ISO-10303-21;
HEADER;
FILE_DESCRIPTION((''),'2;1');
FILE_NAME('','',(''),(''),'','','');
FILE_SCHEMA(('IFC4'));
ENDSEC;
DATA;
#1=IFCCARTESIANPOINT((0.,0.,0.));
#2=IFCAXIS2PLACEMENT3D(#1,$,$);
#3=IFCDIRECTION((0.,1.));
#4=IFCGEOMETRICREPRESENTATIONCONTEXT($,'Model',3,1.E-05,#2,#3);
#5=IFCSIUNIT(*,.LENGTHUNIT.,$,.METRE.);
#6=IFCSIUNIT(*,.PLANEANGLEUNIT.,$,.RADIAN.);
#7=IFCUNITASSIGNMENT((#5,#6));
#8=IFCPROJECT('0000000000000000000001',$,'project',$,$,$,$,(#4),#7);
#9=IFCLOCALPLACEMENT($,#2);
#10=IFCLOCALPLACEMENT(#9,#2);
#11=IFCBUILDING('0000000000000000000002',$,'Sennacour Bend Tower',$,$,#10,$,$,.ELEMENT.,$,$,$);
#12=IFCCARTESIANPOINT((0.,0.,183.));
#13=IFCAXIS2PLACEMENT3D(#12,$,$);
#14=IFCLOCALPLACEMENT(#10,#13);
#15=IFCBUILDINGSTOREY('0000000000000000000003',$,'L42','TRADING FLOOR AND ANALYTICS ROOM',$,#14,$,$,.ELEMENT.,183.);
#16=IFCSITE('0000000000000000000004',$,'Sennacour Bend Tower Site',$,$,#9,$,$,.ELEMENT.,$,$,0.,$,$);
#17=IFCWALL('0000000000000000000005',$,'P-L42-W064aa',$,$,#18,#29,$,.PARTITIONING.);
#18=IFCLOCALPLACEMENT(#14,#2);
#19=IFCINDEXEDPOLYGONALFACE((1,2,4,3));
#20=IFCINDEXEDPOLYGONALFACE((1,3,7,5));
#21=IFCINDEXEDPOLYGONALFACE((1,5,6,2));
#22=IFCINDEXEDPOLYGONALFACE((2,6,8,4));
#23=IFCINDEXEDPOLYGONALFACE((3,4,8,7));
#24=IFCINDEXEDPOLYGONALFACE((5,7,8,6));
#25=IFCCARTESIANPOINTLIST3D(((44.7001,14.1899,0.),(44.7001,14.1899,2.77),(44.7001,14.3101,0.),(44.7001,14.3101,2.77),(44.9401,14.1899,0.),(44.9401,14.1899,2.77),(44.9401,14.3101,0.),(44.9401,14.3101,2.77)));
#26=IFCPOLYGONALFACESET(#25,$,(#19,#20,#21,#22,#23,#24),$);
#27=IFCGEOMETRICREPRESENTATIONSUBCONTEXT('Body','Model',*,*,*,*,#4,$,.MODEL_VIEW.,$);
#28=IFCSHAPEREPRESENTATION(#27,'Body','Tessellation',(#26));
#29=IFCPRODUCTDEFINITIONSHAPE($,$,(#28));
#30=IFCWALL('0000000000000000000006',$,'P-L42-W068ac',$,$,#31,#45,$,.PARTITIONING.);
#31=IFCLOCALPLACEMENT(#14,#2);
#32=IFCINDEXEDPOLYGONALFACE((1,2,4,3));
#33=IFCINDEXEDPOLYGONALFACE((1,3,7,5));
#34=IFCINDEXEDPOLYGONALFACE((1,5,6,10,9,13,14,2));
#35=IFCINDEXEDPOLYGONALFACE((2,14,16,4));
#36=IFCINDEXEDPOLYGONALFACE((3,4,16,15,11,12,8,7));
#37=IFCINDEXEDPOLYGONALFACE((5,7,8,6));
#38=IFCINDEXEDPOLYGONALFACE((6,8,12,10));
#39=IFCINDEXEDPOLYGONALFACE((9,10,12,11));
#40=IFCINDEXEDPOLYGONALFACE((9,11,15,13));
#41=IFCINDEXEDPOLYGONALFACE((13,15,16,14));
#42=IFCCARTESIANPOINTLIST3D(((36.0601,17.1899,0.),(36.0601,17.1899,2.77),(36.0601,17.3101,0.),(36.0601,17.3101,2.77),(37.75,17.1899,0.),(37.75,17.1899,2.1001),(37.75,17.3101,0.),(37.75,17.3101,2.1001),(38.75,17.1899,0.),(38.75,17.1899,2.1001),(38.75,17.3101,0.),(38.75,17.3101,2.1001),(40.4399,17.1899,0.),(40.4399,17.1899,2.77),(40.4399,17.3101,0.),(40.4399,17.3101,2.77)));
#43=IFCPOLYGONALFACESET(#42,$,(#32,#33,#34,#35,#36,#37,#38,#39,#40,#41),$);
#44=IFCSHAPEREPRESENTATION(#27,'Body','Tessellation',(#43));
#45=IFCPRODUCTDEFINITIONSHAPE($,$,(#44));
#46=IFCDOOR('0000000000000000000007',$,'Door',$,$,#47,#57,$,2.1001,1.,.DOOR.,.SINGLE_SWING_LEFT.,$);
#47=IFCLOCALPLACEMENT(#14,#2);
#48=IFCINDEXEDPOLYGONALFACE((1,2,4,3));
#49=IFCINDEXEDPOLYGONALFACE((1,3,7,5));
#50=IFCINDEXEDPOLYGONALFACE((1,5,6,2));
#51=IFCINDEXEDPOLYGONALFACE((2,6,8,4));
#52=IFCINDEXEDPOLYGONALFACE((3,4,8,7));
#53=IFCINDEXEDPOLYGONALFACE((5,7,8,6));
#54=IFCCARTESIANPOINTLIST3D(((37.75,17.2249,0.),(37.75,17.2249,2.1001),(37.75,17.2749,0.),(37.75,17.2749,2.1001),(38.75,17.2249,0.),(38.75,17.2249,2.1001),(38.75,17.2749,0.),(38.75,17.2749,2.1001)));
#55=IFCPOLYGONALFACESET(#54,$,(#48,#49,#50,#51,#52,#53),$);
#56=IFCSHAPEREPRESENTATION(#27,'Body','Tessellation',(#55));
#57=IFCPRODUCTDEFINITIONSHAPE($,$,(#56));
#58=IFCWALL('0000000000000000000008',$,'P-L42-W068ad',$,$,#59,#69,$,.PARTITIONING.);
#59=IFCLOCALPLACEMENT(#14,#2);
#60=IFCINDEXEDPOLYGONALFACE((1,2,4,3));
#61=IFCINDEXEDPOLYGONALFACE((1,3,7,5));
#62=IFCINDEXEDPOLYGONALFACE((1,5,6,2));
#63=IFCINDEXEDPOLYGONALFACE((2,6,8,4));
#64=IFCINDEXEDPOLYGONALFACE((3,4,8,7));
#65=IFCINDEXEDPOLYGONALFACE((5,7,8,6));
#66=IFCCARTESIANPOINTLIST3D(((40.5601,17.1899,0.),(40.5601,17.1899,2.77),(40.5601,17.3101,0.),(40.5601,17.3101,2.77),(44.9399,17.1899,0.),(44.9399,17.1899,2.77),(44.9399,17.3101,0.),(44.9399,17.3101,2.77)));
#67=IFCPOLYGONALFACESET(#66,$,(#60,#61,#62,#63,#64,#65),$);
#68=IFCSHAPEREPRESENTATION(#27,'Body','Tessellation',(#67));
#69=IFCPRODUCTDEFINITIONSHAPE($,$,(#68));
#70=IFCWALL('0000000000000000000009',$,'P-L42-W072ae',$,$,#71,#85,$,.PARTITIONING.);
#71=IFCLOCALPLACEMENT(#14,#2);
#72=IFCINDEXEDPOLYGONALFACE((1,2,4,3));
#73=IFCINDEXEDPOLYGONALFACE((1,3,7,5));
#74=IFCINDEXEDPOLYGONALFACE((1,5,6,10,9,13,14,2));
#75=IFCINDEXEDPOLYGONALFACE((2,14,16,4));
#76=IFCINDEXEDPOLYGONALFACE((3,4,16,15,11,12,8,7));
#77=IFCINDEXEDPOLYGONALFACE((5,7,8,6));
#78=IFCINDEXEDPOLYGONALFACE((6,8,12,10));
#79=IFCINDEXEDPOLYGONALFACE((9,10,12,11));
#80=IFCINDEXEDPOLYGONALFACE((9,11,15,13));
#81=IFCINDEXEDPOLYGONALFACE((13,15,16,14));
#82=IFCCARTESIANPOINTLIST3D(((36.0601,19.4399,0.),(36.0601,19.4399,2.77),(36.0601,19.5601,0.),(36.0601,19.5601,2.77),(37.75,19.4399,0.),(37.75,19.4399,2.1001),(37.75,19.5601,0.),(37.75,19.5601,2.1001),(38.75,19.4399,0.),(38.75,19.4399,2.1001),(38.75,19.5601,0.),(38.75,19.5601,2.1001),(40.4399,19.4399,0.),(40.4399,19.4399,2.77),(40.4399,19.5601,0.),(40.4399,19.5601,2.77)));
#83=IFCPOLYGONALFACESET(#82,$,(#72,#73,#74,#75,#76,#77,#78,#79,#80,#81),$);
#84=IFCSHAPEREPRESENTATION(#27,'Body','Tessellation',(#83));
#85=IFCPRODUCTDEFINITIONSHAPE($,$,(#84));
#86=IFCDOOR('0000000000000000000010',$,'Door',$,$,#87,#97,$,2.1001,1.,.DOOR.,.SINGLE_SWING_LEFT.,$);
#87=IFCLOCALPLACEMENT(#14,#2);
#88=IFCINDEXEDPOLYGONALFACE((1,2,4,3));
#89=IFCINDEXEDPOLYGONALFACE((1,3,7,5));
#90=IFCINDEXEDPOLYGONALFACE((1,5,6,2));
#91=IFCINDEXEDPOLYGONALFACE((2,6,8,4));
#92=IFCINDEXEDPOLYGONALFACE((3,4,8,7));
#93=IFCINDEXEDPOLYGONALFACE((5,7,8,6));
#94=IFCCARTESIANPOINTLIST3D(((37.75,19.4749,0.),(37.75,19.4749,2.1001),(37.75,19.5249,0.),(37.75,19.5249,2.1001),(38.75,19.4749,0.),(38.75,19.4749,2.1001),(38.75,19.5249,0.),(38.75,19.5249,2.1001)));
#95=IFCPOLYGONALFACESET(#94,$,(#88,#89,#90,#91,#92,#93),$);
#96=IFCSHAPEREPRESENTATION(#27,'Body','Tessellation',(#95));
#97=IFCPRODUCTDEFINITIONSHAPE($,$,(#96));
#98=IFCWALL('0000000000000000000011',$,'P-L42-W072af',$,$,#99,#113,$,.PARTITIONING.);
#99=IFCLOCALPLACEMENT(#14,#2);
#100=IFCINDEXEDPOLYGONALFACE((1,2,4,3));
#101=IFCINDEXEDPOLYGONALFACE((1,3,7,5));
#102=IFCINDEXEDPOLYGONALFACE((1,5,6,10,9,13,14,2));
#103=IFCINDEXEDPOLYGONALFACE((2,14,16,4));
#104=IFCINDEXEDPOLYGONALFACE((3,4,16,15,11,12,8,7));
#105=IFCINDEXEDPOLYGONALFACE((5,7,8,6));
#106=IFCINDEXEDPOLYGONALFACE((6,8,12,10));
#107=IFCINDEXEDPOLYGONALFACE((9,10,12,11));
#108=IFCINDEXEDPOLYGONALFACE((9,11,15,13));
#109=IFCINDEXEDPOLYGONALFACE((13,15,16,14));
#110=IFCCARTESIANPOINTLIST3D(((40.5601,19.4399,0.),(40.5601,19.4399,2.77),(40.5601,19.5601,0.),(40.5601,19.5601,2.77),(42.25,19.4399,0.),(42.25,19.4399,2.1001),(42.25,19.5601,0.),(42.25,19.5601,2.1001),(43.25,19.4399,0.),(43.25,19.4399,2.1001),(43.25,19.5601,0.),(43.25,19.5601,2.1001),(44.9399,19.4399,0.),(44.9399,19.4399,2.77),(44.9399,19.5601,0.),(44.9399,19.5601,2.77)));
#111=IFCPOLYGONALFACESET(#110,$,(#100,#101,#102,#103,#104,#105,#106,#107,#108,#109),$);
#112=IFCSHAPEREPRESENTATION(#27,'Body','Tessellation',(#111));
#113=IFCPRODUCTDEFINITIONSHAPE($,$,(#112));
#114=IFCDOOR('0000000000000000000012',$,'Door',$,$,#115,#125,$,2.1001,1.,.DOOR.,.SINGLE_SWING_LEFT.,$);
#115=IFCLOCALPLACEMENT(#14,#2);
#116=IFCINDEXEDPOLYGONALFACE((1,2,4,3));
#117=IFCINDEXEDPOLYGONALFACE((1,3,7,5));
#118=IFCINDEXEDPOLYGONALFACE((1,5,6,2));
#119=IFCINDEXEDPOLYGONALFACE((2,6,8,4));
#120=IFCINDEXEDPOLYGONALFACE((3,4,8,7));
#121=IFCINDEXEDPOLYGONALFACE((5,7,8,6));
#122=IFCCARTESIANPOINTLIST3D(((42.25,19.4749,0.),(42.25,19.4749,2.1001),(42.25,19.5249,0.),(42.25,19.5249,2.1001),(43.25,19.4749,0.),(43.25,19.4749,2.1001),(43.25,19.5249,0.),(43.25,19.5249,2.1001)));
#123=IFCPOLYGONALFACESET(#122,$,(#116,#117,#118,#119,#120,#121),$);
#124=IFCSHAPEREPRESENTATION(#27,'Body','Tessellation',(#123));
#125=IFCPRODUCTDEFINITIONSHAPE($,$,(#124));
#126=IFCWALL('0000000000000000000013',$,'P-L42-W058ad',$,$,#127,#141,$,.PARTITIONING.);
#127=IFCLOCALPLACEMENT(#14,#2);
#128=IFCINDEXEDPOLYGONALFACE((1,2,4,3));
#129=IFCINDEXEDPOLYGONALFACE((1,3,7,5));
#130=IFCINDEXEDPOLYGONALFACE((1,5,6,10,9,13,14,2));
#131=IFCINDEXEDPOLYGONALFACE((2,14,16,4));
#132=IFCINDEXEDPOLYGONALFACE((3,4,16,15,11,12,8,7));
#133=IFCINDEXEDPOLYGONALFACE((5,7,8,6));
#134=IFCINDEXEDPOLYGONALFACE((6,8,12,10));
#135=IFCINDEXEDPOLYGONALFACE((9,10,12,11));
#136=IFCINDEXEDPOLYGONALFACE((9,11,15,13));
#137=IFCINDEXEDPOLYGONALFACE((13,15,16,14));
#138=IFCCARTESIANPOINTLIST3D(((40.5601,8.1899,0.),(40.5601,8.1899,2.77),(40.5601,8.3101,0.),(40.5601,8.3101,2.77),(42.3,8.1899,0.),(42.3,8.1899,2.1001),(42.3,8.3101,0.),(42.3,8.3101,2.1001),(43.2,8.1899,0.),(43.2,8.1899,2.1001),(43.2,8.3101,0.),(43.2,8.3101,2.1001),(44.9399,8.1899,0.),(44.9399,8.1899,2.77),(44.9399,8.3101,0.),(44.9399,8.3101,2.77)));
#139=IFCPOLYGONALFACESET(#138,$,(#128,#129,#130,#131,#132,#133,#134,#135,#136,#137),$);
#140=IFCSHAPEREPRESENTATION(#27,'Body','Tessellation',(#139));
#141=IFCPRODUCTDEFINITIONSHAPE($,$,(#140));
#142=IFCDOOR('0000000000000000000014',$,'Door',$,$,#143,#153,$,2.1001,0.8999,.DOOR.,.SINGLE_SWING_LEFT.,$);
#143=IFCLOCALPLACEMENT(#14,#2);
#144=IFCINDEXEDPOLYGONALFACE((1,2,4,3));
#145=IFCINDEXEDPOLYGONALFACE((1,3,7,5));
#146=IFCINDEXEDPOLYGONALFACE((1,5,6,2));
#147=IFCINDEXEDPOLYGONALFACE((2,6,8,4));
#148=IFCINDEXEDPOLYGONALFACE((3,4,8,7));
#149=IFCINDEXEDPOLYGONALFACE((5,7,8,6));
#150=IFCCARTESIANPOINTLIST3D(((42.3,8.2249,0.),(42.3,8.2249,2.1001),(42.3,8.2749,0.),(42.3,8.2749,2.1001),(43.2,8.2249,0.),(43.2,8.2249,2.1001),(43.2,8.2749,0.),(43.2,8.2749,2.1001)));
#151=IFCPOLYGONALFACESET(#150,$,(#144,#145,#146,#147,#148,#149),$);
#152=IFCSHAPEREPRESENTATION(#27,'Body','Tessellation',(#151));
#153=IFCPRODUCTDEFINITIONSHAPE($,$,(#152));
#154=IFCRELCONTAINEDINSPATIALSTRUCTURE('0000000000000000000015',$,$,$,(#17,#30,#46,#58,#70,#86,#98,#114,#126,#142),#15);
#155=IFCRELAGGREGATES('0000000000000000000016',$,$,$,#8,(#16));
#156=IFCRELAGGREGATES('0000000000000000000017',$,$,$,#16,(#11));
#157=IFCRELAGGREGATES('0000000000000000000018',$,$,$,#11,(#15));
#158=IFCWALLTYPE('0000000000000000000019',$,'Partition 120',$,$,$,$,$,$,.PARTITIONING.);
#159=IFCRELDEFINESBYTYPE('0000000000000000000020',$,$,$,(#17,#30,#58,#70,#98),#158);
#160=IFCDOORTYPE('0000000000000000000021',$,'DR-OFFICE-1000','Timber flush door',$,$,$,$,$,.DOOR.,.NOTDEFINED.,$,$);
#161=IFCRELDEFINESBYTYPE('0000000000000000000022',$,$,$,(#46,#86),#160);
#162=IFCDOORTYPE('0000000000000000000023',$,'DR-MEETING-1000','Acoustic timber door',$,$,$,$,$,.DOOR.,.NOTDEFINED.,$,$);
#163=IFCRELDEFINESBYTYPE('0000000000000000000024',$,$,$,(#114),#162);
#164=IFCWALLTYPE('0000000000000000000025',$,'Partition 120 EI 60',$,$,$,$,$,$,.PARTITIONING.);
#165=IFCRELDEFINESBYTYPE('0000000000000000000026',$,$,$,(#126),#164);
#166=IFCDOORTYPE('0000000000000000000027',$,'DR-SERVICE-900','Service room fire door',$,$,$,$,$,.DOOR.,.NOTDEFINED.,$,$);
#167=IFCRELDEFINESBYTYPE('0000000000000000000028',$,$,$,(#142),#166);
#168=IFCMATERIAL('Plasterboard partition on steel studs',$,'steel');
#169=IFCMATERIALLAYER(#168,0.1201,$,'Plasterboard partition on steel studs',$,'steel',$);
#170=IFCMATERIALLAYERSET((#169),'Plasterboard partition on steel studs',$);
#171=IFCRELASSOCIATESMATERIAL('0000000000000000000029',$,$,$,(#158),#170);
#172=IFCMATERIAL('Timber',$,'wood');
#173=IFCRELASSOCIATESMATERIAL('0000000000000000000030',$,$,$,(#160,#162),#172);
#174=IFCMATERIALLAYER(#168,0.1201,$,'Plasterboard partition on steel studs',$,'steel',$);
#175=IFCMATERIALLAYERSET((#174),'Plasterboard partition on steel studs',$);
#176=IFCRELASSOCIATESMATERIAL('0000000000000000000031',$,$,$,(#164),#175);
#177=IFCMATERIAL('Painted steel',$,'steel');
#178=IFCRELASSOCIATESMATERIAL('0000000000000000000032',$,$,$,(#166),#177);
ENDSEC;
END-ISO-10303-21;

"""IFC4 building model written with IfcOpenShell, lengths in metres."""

from ifc_helpers import new_model, si_unit, direction, frame, frame_2d, origin, place, context, subcontext, project, spatial, rectangle, extrude, material, layer, layer_set, type_object, element, fill, save


model = new_model("IFC4")

# Units and contexts
model_context = context("Model", 3, precision=1e-05, world=origin(), true_north=direction((0.0, 1.0)))
body_context = subcontext(model_context, "Body", "Model", "MODEL_VIEW")
ifc_project = project(units=[si_unit("LENGTHUNIT", "METRE"), si_unit("PLANEANGLEUNIT", "RADIAN")], contexts=[model_context])

# Site, building, storey
site_placement = place(None, origin())
site = spatial("IfcSite", under=ifc_project, at=site_placement, Name="Sennacour Bend Tower Site", CompositionType="ELEMENT", RefElevation=0.0)
building_placement = place(site_placement, origin())
building = spatial("IfcBuilding", under=site, at=building_placement, Name="Sennacour Bend Tower", CompositionType="ELEMENT")
storey_placement = place(building_placement, frame((0.0, 0.0, 183.0)))
storey = spatial("IfcBuildingStorey", under=building, at=storey_placement, Name="L42", Description="TRADING FLOOR AND ANALYTICS ROOM", CompositionType="ELEMENT", Elevation=183.0)

# Wall
ifc_material_1 = material(Name="Plasterboard partition on steel studs", Category="steel")
ifc_layer_1 = layer(ifc_material_1, 0.1201, Name="Plasterboard partition on steel studs", Category="steel")
ifc_layer_set_1 = layer_set([ifc_layer_1], Name="Plasterboard partition on steel studs")
wall_type_1 = type_object("IfcWallType", Name="Partition 120", PredefinedType="PARTITIONING", material=ifc_layer_set_1)
for number, where, z_axis, x_axis, name in (
    (1, (44.7, 14.25, 0.0), (0.0, 0.0, 1.0), (1.0, 0.0, 0.0), "P-L42-W064aa"),
):
    element("IfcWall", number, at=place(storey_placement, frame(where, z_axis=z_axis, x_axis=x_axis)), inside=storey, type_object=wall_type_1, Name=name, PredefinedType="PARTITIONING", context=body_context, shape_type="SweptSolid", body=[
        extrude(rectangle(XDim=0.24, YDim=0.1201, at=frame_2d((0.1201, 0.0))), origin(), (0.0, 0.0, 1.0), 2.77),
    ])

# Wall, opening, door
wall_1_placement = place(storey_placement, frame((36.0601, 17.25, 0.0), z_axis=(0.0, 0.0, 1.0), x_axis=(1.0, 0.0, 0.0)))
wall_1 = element("IfcWall", 2, at=wall_1_placement, inside=storey, type_object=wall_type_1, Name="P-L42-W068ac", PredefinedType="PARTITIONING", context=body_context, shape_type="SweptSolid", body=[
    extrude(rectangle(XDim=4.3799, YDim=0.1201, at=frame_2d((2.1899, 0.0))), origin(), (0.0, 0.0, 1.0), 2.77),
])
opening_1_placement = place(wall_1_placement, frame((1.6899, 0.0, 0.0)))
opening_1 = element("IfcOpeningElement", 3, at=opening_1_placement, cuts=wall_1, PredefinedType="OPENING", context=body_context, shape_type="SweptSolid", body=[
    extrude(rectangle(XDim=1.0, YDim=2.1001, at=frame_2d((0.5, 1.05))), frame((0.0, 0.0701, 0.0), z_axis=(0.0, -1.0, 0.0), x_axis=(1.0, 0.0, 0.0)), (0.0, 0.0, 1.0), 0.1401),
])
ifc_material_2 = material(Name="Timber", Category="wood")
door_type_1 = type_object("IfcDoorType", Name="DR-OFFICE-1000", Description="Timber flush door", OperationType="NOTDEFINED", PredefinedType="DOOR", material=ifc_material_2)
door_1_placement = place(opening_1_placement, origin())
door_1 = element("IfcDoor", 4, at=door_1_placement, inside=storey, type_object=door_type_1, Name="Door", OperationType="SINGLE_SWING_LEFT", OverallHeight=2.1001, OverallWidth=1.0, PredefinedType="DOOR", context=body_context, shape_type="SweptSolid", body=[
    extrude(rectangle(XDim=1.0, YDim=2.1001, at=frame_2d((0.5, 1.05))), frame((0.0, 0.0249, 0.0), z_axis=(0.0, -1.0, 0.0), x_axis=(1.0, 0.0, 0.0)), (0.0, 0.0, 1.0), 0.05),
])
fill(opening_1, door_1)

# Wall
wall_2_placement = place(storey_placement, frame((40.5601, 17.25, 0.0), z_axis=(0.0, 0.0, 1.0), x_axis=(1.0, 0.0, 0.0)))
element("IfcWall", 5, at=wall_2_placement, inside=storey, type_object=wall_type_1, Name="P-L42-W068ad", PredefinedType="PARTITIONING", context=body_context, shape_type="SweptSolid", body=[
    extrude(rectangle(XDim=4.3799, YDim=0.1201, at=frame_2d((2.1899, 0.0))), origin(), (0.0, 0.0, 1.0), 2.77),
])

# Walls, openings, doors
wall_3_placement = place(storey_placement, frame((36.0601, 19.5, 0.0), z_axis=(0.0, 0.0, 1.0), x_axis=(1.0, 0.0, 0.0)))
wall_3 = element("IfcWall", 6, at=wall_3_placement, inside=storey, type_object=wall_type_1, Name="P-L42-W072ae", PredefinedType="PARTITIONING", context=body_context, shape_type="SweptSolid", body=[
    extrude(rectangle(XDim=4.3799, YDim=0.1201, at=frame_2d((2.1899, 0.0))), origin(), (0.0, 0.0, 1.0), 2.77),
])
opening_2_placement = place(wall_3_placement, frame((1.6899, 0.0, 0.0)))
opening_2 = element("IfcOpeningElement", 7, at=opening_2_placement, cuts=wall_3, PredefinedType="OPENING", context=body_context, shape_type="SweptSolid", body=[
    extrude(rectangle(XDim=1.0, YDim=2.1001, at=frame_2d((0.5, 1.05))), frame((0.0, 0.0701, 0.0), z_axis=(0.0, -1.0, 0.0), x_axis=(1.0, 0.0, 0.0)), (0.0, 0.0, 1.0), 0.1401),
])
door_2_placement = place(opening_2_placement, origin())
door_2 = element("IfcDoor", 8, at=door_2_placement, inside=storey, type_object=door_type_1, Name="Door", OperationType="SINGLE_SWING_LEFT", OverallHeight=2.1001, OverallWidth=1.0, PredefinedType="DOOR", context=body_context, shape_type="SweptSolid", body=[
    extrude(rectangle(XDim=1.0, YDim=2.1001, at=frame_2d((0.5, 1.05))), frame((0.0, 0.0249, 0.0), z_axis=(0.0, -1.0, 0.0), x_axis=(1.0, 0.0, 0.0)), (0.0, 0.0, 1.0), 0.05),
])
fill(opening_2, door_2)
wall_4_placement = place(storey_placement, frame((40.5601, 19.5, 0.0), z_axis=(0.0, 0.0, 1.0), x_axis=(1.0, 0.0, 0.0)))
wall_4 = element("IfcWall", 9, at=wall_4_placement, inside=storey, type_object=wall_type_1, Name="P-L42-W072af", PredefinedType="PARTITIONING", context=body_context, shape_type="SweptSolid", body=[
    extrude(rectangle(XDim=4.3799, YDim=0.1201, at=frame_2d((2.1899, 0.0))), origin(), (0.0, 0.0, 1.0), 2.77),
])
opening_3_placement = place(wall_4_placement, frame((1.6899, 0.0, 0.0)))
opening_3 = element("IfcOpeningElement", 10, at=opening_3_placement, cuts=wall_4, PredefinedType="OPENING", context=body_context, shape_type="SweptSolid", body=[
    extrude(rectangle(XDim=1.0, YDim=2.1001, at=frame_2d((0.5, 1.05))), frame((0.0, 0.0701, 0.0), z_axis=(0.0, -1.0, 0.0), x_axis=(1.0, 0.0, 0.0)), (0.0, 0.0, 1.0), 0.1401),
])
door_type_2 = type_object("IfcDoorType", Name="DR-MEETING-1000", Description="Acoustic timber door", OperationType="NOTDEFINED", PredefinedType="DOOR", material=ifc_material_2)
door_3_placement = place(opening_3_placement, origin())
door_3 = element("IfcDoor", 11, at=door_3_placement, inside=storey, type_object=door_type_2, Name="Door", OperationType="SINGLE_SWING_LEFT", OverallHeight=2.1001, OverallWidth=1.0, PredefinedType="DOOR", context=body_context, shape_type="SweptSolid", body=[
    extrude(rectangle(XDim=1.0, YDim=2.1001, at=frame_2d((0.5, 1.05))), frame((0.0, 0.0249, 0.0), z_axis=(0.0, -1.0, 0.0), x_axis=(1.0, 0.0, 0.0)), (0.0, 0.0, 1.0), 0.05),
])
fill(opening_3, door_3)
ifc_layer_2 = layer(ifc_material_1, 0.1201, Name="Plasterboard partition on steel studs", Category="steel")
ifc_layer_set_2 = layer_set([ifc_layer_2], Name="Plasterboard partition on steel studs")
wall_type_2 = type_object("IfcWallType", Name="Partition 120 EI 60", PredefinedType="PARTITIONING", material=ifc_layer_set_2)
wall_5_placement = place(storey_placement, frame((40.5601, 8.25, 0.0), z_axis=(0.0, 0.0, 1.0), x_axis=(1.0, 0.0, 0.0)))
wall_5 = element("IfcWall", 12, at=wall_5_placement, inside=storey, type_object=wall_type_2, Name="P-L42-W058ad", PredefinedType="PARTITIONING", context=body_context, shape_type="SweptSolid", body=[
    extrude(rectangle(XDim=4.3799, YDim=0.1201, at=frame_2d((2.1899, 0.0))), origin(), (0.0, 0.0, 1.0), 2.77),
])
opening_4_placement = place(wall_5_placement, frame((1.74, 0.0, 0.0)))
opening_4 = element("IfcOpeningElement", 13, at=opening_4_placement, cuts=wall_5, PredefinedType="OPENING", context=body_context, shape_type="SweptSolid", body=[
    extrude(rectangle(XDim=0.8999, YDim=2.1001, at=frame_2d((0.45, 1.05))), frame((0.0, 0.0701, 0.0), z_axis=(0.0, -1.0, 0.0), x_axis=(1.0, 0.0, 0.0)), (0.0, 0.0, 1.0), 0.1401),
])
ifc_material_3 = material(Name="Painted steel", Category="steel")
door_type_3 = type_object("IfcDoorType", Name="DR-SERVICE-900", Description="Service room fire door", OperationType="NOTDEFINED", PredefinedType="DOOR", material=ifc_material_3)
door_4_placement = place(opening_4_placement, origin())
door_4 = element("IfcDoor", 14, at=door_4_placement, inside=storey, type_object=door_type_3, Name="Door", OperationType="SINGLE_SWING_LEFT", OverallHeight=2.1001, OverallWidth=0.8999, PredefinedType="DOOR", context=body_context, shape_type="SweptSolid", body=[
    extrude(rectangle(XDim=0.8999, YDim=2.1001, at=frame_2d((0.45, 1.05))), frame((0.0, 0.0249, 0.0), z_axis=(0.0, -1.0, 0.0), x_axis=(1.0, 0.0, 0.0)), (0.0, 0.0, 1.0), 0.05),
])
fill(opening_4, door_4)

save(model, "model.ifc")
